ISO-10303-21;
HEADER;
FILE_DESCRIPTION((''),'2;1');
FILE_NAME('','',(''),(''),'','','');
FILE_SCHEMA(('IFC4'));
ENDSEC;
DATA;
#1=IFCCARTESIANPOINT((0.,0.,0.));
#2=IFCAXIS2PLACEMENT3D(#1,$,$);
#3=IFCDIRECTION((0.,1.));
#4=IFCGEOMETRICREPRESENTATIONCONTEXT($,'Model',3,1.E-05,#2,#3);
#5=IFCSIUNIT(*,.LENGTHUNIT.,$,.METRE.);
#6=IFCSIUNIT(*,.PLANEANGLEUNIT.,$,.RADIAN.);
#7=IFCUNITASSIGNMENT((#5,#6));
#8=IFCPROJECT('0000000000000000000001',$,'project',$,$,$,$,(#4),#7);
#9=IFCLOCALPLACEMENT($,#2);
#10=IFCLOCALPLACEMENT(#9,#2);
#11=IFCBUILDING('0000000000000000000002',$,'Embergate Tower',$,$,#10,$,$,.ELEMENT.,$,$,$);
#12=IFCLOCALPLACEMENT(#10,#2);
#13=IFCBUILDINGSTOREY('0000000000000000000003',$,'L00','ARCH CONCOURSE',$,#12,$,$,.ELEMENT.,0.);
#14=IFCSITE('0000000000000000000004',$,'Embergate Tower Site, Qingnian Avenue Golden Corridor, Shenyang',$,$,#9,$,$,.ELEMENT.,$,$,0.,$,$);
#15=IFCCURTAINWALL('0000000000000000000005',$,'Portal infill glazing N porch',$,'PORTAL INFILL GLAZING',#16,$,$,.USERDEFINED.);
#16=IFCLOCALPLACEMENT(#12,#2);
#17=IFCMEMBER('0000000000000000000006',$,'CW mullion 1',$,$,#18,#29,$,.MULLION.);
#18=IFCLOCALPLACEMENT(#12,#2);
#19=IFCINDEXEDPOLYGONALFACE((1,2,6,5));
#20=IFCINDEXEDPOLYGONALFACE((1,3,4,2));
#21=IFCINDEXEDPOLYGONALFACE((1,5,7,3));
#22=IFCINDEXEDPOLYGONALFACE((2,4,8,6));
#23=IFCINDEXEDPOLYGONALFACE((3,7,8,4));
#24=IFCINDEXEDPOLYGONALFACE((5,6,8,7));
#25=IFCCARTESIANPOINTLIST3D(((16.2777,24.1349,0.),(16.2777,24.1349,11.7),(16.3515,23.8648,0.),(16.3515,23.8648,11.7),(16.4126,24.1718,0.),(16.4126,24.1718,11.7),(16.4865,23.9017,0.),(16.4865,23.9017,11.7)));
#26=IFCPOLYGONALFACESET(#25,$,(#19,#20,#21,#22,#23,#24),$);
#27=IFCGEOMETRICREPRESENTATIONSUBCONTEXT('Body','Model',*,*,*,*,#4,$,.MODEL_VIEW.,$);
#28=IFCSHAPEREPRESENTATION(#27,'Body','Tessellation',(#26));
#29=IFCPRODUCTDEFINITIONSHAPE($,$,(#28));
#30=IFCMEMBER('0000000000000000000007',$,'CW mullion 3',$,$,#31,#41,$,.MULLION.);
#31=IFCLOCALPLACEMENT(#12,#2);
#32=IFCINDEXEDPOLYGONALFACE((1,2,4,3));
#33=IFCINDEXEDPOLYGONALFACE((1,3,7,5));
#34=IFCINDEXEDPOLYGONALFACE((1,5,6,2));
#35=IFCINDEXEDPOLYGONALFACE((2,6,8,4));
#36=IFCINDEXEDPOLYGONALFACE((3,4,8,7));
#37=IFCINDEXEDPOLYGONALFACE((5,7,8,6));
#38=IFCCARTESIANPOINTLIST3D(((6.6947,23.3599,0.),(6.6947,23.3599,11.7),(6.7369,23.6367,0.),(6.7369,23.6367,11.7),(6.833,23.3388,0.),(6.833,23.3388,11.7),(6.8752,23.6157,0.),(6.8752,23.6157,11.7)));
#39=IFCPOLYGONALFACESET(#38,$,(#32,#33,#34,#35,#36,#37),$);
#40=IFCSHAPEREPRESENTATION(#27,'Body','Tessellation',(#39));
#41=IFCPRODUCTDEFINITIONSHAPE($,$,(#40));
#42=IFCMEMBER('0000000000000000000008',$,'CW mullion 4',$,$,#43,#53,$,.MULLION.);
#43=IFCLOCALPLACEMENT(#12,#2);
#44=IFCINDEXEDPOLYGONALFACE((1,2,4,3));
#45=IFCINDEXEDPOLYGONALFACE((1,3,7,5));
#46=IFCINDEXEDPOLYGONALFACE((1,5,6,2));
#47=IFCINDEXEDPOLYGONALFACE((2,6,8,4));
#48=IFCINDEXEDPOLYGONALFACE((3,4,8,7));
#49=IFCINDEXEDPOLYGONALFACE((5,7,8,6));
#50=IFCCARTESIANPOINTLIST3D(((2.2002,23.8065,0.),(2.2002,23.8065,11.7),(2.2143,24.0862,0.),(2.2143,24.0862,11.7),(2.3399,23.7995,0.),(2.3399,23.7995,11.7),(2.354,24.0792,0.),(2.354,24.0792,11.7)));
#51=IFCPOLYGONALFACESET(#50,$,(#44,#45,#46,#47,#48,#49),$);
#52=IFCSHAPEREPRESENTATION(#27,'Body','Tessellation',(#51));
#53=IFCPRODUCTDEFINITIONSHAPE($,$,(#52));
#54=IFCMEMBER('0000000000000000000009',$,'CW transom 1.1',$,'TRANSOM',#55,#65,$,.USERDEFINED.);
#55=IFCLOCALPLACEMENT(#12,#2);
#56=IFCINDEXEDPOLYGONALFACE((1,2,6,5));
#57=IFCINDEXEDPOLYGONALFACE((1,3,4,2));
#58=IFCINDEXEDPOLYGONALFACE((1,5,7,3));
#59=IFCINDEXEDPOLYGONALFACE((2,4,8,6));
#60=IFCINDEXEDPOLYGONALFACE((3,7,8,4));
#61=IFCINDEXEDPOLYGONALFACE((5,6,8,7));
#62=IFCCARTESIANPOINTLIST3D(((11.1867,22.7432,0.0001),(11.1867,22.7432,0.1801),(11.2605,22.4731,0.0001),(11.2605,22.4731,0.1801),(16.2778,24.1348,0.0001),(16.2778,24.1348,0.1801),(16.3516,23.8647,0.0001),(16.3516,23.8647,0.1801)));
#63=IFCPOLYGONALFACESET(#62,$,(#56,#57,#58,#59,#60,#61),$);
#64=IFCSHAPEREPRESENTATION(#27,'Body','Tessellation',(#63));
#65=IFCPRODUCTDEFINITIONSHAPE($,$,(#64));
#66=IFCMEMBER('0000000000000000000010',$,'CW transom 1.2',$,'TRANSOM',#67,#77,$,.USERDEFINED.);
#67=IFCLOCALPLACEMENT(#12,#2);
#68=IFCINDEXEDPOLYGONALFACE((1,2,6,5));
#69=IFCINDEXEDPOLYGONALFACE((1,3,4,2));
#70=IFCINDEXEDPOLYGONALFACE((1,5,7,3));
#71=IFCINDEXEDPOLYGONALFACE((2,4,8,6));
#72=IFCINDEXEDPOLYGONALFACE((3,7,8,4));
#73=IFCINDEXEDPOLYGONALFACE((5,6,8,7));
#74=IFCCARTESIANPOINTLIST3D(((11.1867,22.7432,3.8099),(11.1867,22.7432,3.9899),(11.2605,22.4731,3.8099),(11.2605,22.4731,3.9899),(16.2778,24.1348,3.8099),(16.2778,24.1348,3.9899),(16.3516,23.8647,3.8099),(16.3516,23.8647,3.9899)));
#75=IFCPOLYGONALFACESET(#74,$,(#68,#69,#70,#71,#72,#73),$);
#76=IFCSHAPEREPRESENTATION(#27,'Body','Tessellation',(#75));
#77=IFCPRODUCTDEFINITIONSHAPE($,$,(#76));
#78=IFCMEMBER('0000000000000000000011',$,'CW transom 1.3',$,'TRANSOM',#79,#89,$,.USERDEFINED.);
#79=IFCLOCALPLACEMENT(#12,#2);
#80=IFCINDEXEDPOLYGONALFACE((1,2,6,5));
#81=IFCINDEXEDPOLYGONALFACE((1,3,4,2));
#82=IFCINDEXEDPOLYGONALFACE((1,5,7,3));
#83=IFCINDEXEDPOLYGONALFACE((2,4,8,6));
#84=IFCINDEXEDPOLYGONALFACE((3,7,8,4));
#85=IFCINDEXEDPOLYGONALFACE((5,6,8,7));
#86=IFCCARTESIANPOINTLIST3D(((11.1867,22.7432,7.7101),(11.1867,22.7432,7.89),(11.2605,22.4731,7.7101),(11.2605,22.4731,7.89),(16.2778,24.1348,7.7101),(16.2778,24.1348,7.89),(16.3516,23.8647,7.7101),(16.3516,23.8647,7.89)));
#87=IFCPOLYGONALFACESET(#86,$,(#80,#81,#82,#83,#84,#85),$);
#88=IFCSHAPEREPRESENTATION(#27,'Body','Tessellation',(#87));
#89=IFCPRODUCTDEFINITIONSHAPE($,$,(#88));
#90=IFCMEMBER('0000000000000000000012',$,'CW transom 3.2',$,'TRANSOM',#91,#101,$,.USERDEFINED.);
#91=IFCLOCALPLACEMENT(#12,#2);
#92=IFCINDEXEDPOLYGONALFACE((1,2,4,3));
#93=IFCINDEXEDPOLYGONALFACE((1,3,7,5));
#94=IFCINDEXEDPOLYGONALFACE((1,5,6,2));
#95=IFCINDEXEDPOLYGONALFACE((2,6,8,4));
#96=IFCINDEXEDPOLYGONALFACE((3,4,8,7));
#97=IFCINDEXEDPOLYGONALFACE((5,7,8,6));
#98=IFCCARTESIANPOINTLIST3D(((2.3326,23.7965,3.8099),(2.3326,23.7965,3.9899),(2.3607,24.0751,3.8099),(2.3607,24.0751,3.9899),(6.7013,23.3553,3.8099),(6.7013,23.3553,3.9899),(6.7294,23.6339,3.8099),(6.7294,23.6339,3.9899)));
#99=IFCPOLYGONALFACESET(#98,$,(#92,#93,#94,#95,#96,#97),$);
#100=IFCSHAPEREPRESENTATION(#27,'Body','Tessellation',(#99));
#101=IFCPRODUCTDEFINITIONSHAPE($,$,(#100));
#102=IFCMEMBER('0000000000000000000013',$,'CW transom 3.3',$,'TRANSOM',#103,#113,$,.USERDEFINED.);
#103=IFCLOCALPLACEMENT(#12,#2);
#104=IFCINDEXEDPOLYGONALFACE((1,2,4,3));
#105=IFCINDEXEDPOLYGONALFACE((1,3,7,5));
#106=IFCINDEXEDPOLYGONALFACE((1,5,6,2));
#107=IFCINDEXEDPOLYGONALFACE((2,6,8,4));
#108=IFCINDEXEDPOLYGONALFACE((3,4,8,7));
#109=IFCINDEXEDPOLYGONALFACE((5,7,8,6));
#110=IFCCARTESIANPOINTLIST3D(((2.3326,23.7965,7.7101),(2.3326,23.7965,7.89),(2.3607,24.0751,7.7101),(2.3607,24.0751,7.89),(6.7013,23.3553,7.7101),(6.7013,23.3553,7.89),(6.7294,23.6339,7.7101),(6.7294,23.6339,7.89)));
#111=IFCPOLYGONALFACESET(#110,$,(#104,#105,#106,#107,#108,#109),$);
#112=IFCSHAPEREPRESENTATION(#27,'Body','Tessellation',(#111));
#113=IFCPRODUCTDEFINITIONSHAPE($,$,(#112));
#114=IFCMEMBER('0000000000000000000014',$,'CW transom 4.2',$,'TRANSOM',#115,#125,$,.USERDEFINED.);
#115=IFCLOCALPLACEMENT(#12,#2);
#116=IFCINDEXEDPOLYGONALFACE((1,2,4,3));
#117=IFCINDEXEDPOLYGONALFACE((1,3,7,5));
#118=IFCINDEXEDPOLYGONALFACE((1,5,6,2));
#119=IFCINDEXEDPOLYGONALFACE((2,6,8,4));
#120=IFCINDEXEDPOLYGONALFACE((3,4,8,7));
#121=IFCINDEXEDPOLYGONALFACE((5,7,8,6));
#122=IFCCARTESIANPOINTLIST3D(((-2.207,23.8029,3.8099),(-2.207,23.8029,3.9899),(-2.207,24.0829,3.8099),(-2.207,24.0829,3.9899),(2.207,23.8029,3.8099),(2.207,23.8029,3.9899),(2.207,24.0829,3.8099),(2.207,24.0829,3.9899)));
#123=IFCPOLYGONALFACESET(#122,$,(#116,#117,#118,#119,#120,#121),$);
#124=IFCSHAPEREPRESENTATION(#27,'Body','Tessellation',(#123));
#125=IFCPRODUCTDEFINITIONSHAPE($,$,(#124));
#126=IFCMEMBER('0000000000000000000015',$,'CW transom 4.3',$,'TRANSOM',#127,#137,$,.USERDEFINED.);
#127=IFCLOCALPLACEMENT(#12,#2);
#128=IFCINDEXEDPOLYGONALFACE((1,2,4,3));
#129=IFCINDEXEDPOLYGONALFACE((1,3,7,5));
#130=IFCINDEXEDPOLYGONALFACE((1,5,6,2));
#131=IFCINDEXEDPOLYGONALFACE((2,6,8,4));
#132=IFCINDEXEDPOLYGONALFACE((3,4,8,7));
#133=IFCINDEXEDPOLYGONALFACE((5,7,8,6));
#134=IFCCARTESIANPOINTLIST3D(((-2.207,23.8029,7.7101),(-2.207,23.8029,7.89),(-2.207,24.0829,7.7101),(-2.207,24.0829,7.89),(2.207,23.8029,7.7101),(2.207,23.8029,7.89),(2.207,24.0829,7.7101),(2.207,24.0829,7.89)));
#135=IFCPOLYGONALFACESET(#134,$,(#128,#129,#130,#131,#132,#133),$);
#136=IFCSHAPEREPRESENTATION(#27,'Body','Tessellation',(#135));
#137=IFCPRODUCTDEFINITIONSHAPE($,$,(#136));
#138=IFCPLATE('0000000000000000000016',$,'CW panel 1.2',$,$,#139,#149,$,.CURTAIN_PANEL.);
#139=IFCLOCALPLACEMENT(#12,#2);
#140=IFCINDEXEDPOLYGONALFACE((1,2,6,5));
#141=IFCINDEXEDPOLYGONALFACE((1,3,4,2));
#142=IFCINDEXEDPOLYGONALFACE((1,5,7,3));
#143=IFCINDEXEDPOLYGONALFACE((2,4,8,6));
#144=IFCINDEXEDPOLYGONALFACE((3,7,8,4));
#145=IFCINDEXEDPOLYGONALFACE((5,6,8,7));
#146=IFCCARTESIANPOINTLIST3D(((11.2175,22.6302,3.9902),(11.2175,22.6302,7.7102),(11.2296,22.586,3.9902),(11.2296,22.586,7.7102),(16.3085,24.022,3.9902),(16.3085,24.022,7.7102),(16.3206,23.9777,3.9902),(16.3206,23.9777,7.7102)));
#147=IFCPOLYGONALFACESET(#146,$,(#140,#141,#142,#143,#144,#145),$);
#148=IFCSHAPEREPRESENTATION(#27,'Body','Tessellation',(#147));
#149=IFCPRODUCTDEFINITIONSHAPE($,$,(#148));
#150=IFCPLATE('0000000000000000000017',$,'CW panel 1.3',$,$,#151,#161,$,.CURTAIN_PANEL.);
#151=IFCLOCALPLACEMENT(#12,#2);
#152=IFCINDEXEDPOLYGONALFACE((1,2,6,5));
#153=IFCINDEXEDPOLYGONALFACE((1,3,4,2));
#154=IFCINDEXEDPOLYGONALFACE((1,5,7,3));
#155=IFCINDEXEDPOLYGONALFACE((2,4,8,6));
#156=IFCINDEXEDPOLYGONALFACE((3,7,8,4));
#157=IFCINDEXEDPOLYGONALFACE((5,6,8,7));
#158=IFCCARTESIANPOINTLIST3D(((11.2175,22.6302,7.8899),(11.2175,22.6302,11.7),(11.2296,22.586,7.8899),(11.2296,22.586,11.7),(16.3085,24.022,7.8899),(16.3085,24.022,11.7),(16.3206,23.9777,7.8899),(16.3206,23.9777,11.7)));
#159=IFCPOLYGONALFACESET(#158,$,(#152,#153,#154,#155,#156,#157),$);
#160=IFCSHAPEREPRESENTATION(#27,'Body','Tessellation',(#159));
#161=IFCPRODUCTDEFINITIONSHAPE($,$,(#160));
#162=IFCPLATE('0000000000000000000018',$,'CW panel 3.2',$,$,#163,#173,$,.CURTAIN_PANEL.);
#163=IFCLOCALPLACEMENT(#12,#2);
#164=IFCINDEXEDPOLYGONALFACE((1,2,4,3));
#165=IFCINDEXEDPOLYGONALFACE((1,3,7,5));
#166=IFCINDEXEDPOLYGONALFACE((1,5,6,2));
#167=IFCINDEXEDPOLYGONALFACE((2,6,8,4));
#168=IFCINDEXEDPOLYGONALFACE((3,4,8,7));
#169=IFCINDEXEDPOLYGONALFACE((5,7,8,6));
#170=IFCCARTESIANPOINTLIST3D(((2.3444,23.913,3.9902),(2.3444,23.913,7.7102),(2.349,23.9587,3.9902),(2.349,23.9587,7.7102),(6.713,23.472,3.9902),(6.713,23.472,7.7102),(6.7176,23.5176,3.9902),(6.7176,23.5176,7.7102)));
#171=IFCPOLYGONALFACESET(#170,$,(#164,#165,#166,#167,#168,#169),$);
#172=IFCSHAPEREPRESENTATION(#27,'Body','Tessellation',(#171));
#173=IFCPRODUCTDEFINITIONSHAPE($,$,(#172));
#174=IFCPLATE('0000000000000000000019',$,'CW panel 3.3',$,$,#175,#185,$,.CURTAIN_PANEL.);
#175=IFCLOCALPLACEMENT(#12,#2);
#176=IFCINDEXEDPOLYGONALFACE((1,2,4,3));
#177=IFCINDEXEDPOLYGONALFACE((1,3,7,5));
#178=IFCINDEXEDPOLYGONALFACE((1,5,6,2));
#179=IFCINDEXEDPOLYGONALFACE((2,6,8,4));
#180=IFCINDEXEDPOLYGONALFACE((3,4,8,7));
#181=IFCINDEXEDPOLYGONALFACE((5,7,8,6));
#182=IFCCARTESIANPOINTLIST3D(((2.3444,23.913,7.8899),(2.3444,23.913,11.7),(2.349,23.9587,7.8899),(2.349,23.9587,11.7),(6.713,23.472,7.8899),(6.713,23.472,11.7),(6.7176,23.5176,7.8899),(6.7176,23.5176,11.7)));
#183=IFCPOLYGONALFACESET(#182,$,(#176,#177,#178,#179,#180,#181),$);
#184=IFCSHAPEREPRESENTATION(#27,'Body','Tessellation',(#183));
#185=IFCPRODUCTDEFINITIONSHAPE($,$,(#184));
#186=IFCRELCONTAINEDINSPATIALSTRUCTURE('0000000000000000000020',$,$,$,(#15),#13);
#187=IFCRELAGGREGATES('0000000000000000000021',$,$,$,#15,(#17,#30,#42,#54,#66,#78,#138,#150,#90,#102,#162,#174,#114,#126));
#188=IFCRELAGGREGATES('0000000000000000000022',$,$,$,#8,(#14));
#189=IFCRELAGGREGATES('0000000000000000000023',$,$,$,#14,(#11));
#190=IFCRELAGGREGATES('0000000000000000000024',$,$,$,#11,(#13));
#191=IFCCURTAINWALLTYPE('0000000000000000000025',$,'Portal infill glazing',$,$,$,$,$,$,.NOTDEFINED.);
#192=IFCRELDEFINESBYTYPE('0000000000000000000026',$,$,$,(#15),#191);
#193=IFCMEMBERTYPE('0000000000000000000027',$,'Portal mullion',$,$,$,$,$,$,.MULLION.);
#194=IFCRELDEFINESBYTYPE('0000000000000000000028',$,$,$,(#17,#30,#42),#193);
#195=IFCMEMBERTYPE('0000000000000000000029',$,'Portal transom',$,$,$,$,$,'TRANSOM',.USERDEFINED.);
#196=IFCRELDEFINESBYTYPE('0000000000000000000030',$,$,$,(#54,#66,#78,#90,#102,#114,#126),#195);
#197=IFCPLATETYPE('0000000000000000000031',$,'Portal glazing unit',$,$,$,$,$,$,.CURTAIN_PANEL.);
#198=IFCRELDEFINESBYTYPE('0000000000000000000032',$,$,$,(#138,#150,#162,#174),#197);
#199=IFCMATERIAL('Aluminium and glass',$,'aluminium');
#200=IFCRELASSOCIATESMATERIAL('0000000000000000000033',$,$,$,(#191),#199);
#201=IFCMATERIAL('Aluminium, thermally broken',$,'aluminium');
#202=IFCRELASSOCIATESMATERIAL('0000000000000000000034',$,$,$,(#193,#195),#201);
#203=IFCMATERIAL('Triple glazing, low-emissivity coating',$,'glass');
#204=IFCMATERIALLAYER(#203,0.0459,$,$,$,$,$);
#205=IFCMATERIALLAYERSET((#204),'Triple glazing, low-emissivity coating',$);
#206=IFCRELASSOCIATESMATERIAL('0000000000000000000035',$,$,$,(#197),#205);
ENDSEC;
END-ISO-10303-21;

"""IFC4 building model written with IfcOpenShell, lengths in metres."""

from ifc_helpers import new_model, si_unit, direction, frame, origin, origin_2d, place, context, subcontext, project, spatial, rectangle, extrude, source, transform, mapped, material, layer, layer_set, material_profile, profile_set, type_object, element, aggregate, save


model = new_model("IFC4")

# Units and contexts
model_context = context("Model", 3, precision=1e-05, world=origin(), true_north=direction((0.0, 1.0)))
body_context = subcontext(model_context, "Body", "Model", "MODEL_VIEW")
ifc_project = project(units=[si_unit("LENGTHUNIT", "METRE"), si_unit("PLANEANGLEUNIT", "RADIAN")], contexts=[model_context])

# Site, building, storey
site_placement = place(None, origin())
site = spatial("IfcSite", under=ifc_project, at=site_placement, Name="Embergate Tower Site, Qingnian Avenue Golden Corridor, Shenyang", CompositionType="ELEMENT", RefElevation=0.0)
building_placement = place(site_placement, origin())
building = spatial("IfcBuilding", under=site, at=building_placement, Name="Embergate Tower", CompositionType="ELEMENT")
storey_placement = place(building_placement, origin())
storey = spatial("IfcBuildingStorey", under=building, at=storey_placement, Name="L00", Description="ARCH CONCOURSE", CompositionType="ELEMENT", Elevation=0.0)

# Curtain wall, members, plates
ifc_material_1 = material(Name="Aluminium and glass", Category="aluminium")
curtain_wall_type = type_object("IfcCurtainWallType", Name="Portal infill glazing", PredefinedType="NOTDEFINED", material=ifc_material_1)
curtain_wall_placement = place(storey_placement, origin())
curtain_wall = element("IfcCurtainWall", 1, at=curtain_wall_placement, inside=storey, type_object=curtain_wall_type, Name="Portal infill glazing N porch", ObjectType="PORTAL INFILL GLAZING", PredefinedType="USERDEFINED")
ifc_material_2 = material(Name="Aluminium, thermally broken", Category="aluminium")
ifc_material_profile_1 = material_profile(ifc_material_2, rectangle(XDim=0.28, YDim=0.1399, at=origin_2d()), Name="AL 140x280")
ifc_profile_set_1 = profile_set([ifc_material_profile_1], Name="Aluminium, thermally broken")
member_type_1 = type_object("IfcMemberType", Name="Portal mullion", PredefinedType="MULLION", material=ifc_profile_set_1)
shared_shape_1 = source(origin(), body_context, "Body", "SweptSolid", [
    extrude(rectangle(XDim=0.28, YDim=0.1399, at=origin_2d()), origin(), (0.0, 0.0, 1.0), 11.7),
])
member_1_placement = place(storey_placement, frame((16.3821, 24.0183, 0.0), z_axis=(0.0, 0.0, 1.0), x_axis=(0.263693, -0.964607, 0.0)))
member_1 = element("IfcMember", 2, at=member_1_placement, type_object=member_type_1, Name="CW mullion 1", PredefinedType="MULLION", context=body_context, shape_type="MappedRepresentation", body=[
    mapped(shared_shape_1, transform((0.0, 0.0, 0.0))),
])
member_2_placement = place(storey_placement, frame((6.7849, 23.4878, 0.0), z_axis=(0.0, 0.0, 1.0), x_axis=(-0.150667, -0.988585, 0.0)))
member_2 = element("IfcMember", 3, at=member_2_placement, type_object=member_type_1, Name="CW mullion 3", PredefinedType="MULLION", context=body_context, shape_type="MappedRepresentation", body=[
    mapped(shared_shape_1, transform((0.0, 0.0, 0.0))),
])
member_3_placement = place(storey_placement, frame((2.2771, 23.9429, 0.0), z_axis=(0.0, 0.0, 1.0), x_axis=(-0.050161, -0.998741, 0.0)))
member_3 = element("IfcMember", 4, at=member_3_placement, type_object=member_type_1, Name="CW mullion 4", PredefinedType="MULLION", context=body_context, shape_type="MappedRepresentation", body=[
    mapped(shared_shape_1, transform((0.0, 0.0, 0.0))),
])
ifc_material_profile_2 = material_profile(ifc_material_2, rectangle(XDim=0.28, YDim=0.1799, at=origin_2d()), Name="AL 180x280")
ifc_profile_set_2 = profile_set([ifc_material_profile_2], Name="Aluminium, thermally broken")
member_type_2 = type_object("IfcMemberType", Name="Portal transom", ElementType="TRANSOM", PredefinedType="USERDEFINED", material=ifc_profile_set_2)
shared_shape_2 = source(origin(), body_context, "Body", "SweptSolid", [
    extrude(rectangle(XDim=0.28, YDim=0.1799, at=origin_2d()), origin(), (0.0, 0.0, 1.0), 5.2778),
])
member_4_placement = place(storey_placement, frame((16.3147, 23.9998, 0.0901), z_axis=(-0.964613, -0.263669, 0.0), x_axis=(0.263669, -0.964613, 0.0)))
member_4 = element("IfcMember", 5, at=member_4_placement, type_object=member_type_2, Name="CW transom 1.1", ObjectType="TRANSOM", PredefinedType="USERDEFINED", context=body_context, shape_type="MappedRepresentation", body=[
    mapped(shared_shape_2, transform((0.0, 0.0, 0.0))),
])
member_5_placement = place(storey_placement, frame((16.3147, 23.9998, 3.8999), z_axis=(-0.964613, -0.263669, 0.0), x_axis=(0.263669, -0.964613, 0.0)))
member_5 = element("IfcMember", 6, at=member_5_placement, type_object=member_type_2, Name="CW transom 1.2", ObjectType="TRANSOM", PredefinedType="USERDEFINED", context=body_context, shape_type="MappedRepresentation", body=[
    mapped(shared_shape_2, transform((0.0, 0.0, 0.0))),
])
member_6_placement = place(storey_placement, frame((16.3147, 23.9998, 7.8), z_axis=(-0.964613, -0.263669, 0.0), x_axis=(0.263669, -0.964613, 0.0)))
member_6 = element("IfcMember", 7, at=member_6_placement, type_object=member_type_2, Name="CW transom 1.3", ObjectType="TRANSOM", PredefinedType="USERDEFINED", context=body_context, shape_type="MappedRepresentation", body=[
    mapped(shared_shape_2, transform((0.0, 0.0, 0.0))),
])
shared_shape_3 = source(origin(), body_context, "Body", "SweptSolid", [
    extrude(rectangle(XDim=0.28, YDim=0.1799, at=origin_2d()), origin(), (0.0, 0.0, 1.0), 4.3909),
])
member_7_placement = place(storey_placement, frame((6.7153, 23.4946, 3.8999), z_axis=(-0.99494, 0.100473, 0.0), x_axis=(-0.100473, -0.99494, 0.0)))
member_7 = element("IfcMember", 8, at=member_7_placement, type_object=member_type_2, Name="CW transom 3.2", ObjectType="TRANSOM", PredefinedType="USERDEFINED", context=body_context, shape_type="MappedRepresentation", body=[
    mapped(shared_shape_3, transform((0.0, 0.0, 0.0))),
])
member_8_placement = place(storey_placement, frame((6.7153, 23.4946, 7.8), z_axis=(-0.99494, 0.100473, 0.0), x_axis=(-0.100473, -0.99494, 0.0)))
member_8 = element("IfcMember", 9, at=member_8_placement, type_object=member_type_2, Name="CW transom 3.3", ObjectType="TRANSOM", PredefinedType="USERDEFINED", context=body_context, shape_type="MappedRepresentation", body=[
    mapped(shared_shape_3, transform((0.0, 0.0, 0.0))),
])
shared_shape_4 = source(origin(), body_context, "Body", "SweptSolid", [
    extrude(rectangle(XDim=0.28, YDim=0.1799, at=origin_2d()), origin(), (0.0, 0.0, 1.0), 4.4141),
])
member_9_placement = place(storey_placement, frame((2.207, 23.9429, 3.8999), z_axis=(-1.0, 0.0, 0.0), x_axis=(0.0, -1.0, 0.0)))
member_9 = element("IfcMember", 10, at=member_9_placement, type_object=member_type_2, Name="CW transom 4.2", ObjectType="TRANSOM", PredefinedType="USERDEFINED", context=body_context, shape_type="MappedRepresentation", body=[
    mapped(shared_shape_4, transform((0.0, 0.0, 0.0))),
])
member_10_placement = place(storey_placement, frame((2.207, 23.9429, 7.8), z_axis=(-1.0, 0.0, 0.0), x_axis=(0.0, -1.0, 0.0)))
member_10 = element("IfcMember", 11, at=member_10_placement, type_object=member_type_2, Name="CW transom 4.3", ObjectType="TRANSOM", PredefinedType="USERDEFINED", context=body_context, shape_type="MappedRepresentation", body=[
    mapped(shared_shape_4, transform((0.0, 0.0, 0.0))),
])
ifc_material_3 = material(Name="Triple glazing, low-emissivity coating", Category="glass")
ifc_layer_1 = layer(ifc_material_3, 0.0459)
ifc_layer_set_1 = layer_set([ifc_layer_1], Name="Triple glazing, low-emissivity coating")
plate_type = type_object("IfcPlateType", Name="Portal glazing unit", PredefinedType="CURTAIN_PANEL", material=ifc_layer_set_1)
shared_shape_5 = source(origin(), body_context, "Body", "SweptSolid", [
    extrude(rectangle(XDim=5.2778, YDim=0.0459, at=origin_2d()), origin(), (0.0, 0.0, 1.0), 3.72),
])
plate_1_placement = place(storey_placement, frame((13.769, 23.304, 3.9902), z_axis=(0.0, 0.0, 1.0), x_axis=(-0.964607, -0.263693, 0.0)))
plate_1 = element("IfcPlate", 12, at=plate_1_placement, type_object=plate_type, Name="CW panel 1.2", PredefinedType="CURTAIN_PANEL", context=body_context, shape_type="MappedRepresentation", body=[
    mapped(shared_shape_5, transform((0.0, 0.0, 0.0))),
])
shared_shape_6 = source(origin(), body_context, "Body", "SweptSolid", [
    extrude(rectangle(XDim=5.2778, YDim=0.0459, at=origin_2d()), origin(), (0.0, 0.0, 1.0), 3.8101),
])
plate_2_placement = place(storey_placement, frame((13.769, 23.304, 7.8899), z_axis=(0.0, 0.0, 1.0), x_axis=(-0.964607, -0.263693, 0.0)))
plate_2 = element("IfcPlate", 13, at=plate_2_placement, type_object=plate_type, Name="CW panel 1.3", PredefinedType="CURTAIN_PANEL", context=body_context, shape_type="MappedRepresentation", body=[
    mapped(shared_shape_6, transform((0.0, 0.0, 0.0))),
])
shared_shape_7 = source(origin(), body_context, "Body", "SweptSolid", [
    extrude(rectangle(XDim=4.3909, YDim=0.0459, at=origin_2d()), origin(), (0.0, 0.0, 1.0), 3.72),
])
plate_3_placement = place(storey_placement, frame((4.531, 23.7153, 3.9902), z_axis=(0.0, 0.0, 1.0), x_axis=(-0.994942, 0.100452, 0.0)))
plate_3 = element("IfcPlate", 14, at=plate_3_placement, type_object=plate_type, Name="CW panel 3.2", PredefinedType="CURTAIN_PANEL", context=body_context, shape_type="MappedRepresentation", body=[
    mapped(shared_shape_7, transform((0.0, 0.0, 0.0))),
])
shared_shape_8 = source(origin(), body_context, "Body", "SweptSolid", [
    extrude(rectangle(XDim=4.3909, YDim=0.0459, at=origin_2d()), origin(), (0.0, 0.0, 1.0), 3.8101),
])
plate_4_placement = place(storey_placement, frame((4.531, 23.7153, 7.8899), z_axis=(0.0, 0.0, 1.0), x_axis=(-0.994942, 0.100452, 0.0)))
plate_4 = element("IfcPlate", 15, at=plate_4_placement, type_object=plate_type, Name="CW panel 3.3", PredefinedType="CURTAIN_PANEL", context=body_context, shape_type="MappedRepresentation", body=[
    mapped(shared_shape_8, transform((0.0, 0.0, 0.0))),
])
aggregate(curtain_wall, [member_1, member_2, member_3, member_4, member_5, member_6, plate_1, plate_2, member_7, member_8, plate_3, plate_4, member_9, member_10])

save(model, "model.ifc")
